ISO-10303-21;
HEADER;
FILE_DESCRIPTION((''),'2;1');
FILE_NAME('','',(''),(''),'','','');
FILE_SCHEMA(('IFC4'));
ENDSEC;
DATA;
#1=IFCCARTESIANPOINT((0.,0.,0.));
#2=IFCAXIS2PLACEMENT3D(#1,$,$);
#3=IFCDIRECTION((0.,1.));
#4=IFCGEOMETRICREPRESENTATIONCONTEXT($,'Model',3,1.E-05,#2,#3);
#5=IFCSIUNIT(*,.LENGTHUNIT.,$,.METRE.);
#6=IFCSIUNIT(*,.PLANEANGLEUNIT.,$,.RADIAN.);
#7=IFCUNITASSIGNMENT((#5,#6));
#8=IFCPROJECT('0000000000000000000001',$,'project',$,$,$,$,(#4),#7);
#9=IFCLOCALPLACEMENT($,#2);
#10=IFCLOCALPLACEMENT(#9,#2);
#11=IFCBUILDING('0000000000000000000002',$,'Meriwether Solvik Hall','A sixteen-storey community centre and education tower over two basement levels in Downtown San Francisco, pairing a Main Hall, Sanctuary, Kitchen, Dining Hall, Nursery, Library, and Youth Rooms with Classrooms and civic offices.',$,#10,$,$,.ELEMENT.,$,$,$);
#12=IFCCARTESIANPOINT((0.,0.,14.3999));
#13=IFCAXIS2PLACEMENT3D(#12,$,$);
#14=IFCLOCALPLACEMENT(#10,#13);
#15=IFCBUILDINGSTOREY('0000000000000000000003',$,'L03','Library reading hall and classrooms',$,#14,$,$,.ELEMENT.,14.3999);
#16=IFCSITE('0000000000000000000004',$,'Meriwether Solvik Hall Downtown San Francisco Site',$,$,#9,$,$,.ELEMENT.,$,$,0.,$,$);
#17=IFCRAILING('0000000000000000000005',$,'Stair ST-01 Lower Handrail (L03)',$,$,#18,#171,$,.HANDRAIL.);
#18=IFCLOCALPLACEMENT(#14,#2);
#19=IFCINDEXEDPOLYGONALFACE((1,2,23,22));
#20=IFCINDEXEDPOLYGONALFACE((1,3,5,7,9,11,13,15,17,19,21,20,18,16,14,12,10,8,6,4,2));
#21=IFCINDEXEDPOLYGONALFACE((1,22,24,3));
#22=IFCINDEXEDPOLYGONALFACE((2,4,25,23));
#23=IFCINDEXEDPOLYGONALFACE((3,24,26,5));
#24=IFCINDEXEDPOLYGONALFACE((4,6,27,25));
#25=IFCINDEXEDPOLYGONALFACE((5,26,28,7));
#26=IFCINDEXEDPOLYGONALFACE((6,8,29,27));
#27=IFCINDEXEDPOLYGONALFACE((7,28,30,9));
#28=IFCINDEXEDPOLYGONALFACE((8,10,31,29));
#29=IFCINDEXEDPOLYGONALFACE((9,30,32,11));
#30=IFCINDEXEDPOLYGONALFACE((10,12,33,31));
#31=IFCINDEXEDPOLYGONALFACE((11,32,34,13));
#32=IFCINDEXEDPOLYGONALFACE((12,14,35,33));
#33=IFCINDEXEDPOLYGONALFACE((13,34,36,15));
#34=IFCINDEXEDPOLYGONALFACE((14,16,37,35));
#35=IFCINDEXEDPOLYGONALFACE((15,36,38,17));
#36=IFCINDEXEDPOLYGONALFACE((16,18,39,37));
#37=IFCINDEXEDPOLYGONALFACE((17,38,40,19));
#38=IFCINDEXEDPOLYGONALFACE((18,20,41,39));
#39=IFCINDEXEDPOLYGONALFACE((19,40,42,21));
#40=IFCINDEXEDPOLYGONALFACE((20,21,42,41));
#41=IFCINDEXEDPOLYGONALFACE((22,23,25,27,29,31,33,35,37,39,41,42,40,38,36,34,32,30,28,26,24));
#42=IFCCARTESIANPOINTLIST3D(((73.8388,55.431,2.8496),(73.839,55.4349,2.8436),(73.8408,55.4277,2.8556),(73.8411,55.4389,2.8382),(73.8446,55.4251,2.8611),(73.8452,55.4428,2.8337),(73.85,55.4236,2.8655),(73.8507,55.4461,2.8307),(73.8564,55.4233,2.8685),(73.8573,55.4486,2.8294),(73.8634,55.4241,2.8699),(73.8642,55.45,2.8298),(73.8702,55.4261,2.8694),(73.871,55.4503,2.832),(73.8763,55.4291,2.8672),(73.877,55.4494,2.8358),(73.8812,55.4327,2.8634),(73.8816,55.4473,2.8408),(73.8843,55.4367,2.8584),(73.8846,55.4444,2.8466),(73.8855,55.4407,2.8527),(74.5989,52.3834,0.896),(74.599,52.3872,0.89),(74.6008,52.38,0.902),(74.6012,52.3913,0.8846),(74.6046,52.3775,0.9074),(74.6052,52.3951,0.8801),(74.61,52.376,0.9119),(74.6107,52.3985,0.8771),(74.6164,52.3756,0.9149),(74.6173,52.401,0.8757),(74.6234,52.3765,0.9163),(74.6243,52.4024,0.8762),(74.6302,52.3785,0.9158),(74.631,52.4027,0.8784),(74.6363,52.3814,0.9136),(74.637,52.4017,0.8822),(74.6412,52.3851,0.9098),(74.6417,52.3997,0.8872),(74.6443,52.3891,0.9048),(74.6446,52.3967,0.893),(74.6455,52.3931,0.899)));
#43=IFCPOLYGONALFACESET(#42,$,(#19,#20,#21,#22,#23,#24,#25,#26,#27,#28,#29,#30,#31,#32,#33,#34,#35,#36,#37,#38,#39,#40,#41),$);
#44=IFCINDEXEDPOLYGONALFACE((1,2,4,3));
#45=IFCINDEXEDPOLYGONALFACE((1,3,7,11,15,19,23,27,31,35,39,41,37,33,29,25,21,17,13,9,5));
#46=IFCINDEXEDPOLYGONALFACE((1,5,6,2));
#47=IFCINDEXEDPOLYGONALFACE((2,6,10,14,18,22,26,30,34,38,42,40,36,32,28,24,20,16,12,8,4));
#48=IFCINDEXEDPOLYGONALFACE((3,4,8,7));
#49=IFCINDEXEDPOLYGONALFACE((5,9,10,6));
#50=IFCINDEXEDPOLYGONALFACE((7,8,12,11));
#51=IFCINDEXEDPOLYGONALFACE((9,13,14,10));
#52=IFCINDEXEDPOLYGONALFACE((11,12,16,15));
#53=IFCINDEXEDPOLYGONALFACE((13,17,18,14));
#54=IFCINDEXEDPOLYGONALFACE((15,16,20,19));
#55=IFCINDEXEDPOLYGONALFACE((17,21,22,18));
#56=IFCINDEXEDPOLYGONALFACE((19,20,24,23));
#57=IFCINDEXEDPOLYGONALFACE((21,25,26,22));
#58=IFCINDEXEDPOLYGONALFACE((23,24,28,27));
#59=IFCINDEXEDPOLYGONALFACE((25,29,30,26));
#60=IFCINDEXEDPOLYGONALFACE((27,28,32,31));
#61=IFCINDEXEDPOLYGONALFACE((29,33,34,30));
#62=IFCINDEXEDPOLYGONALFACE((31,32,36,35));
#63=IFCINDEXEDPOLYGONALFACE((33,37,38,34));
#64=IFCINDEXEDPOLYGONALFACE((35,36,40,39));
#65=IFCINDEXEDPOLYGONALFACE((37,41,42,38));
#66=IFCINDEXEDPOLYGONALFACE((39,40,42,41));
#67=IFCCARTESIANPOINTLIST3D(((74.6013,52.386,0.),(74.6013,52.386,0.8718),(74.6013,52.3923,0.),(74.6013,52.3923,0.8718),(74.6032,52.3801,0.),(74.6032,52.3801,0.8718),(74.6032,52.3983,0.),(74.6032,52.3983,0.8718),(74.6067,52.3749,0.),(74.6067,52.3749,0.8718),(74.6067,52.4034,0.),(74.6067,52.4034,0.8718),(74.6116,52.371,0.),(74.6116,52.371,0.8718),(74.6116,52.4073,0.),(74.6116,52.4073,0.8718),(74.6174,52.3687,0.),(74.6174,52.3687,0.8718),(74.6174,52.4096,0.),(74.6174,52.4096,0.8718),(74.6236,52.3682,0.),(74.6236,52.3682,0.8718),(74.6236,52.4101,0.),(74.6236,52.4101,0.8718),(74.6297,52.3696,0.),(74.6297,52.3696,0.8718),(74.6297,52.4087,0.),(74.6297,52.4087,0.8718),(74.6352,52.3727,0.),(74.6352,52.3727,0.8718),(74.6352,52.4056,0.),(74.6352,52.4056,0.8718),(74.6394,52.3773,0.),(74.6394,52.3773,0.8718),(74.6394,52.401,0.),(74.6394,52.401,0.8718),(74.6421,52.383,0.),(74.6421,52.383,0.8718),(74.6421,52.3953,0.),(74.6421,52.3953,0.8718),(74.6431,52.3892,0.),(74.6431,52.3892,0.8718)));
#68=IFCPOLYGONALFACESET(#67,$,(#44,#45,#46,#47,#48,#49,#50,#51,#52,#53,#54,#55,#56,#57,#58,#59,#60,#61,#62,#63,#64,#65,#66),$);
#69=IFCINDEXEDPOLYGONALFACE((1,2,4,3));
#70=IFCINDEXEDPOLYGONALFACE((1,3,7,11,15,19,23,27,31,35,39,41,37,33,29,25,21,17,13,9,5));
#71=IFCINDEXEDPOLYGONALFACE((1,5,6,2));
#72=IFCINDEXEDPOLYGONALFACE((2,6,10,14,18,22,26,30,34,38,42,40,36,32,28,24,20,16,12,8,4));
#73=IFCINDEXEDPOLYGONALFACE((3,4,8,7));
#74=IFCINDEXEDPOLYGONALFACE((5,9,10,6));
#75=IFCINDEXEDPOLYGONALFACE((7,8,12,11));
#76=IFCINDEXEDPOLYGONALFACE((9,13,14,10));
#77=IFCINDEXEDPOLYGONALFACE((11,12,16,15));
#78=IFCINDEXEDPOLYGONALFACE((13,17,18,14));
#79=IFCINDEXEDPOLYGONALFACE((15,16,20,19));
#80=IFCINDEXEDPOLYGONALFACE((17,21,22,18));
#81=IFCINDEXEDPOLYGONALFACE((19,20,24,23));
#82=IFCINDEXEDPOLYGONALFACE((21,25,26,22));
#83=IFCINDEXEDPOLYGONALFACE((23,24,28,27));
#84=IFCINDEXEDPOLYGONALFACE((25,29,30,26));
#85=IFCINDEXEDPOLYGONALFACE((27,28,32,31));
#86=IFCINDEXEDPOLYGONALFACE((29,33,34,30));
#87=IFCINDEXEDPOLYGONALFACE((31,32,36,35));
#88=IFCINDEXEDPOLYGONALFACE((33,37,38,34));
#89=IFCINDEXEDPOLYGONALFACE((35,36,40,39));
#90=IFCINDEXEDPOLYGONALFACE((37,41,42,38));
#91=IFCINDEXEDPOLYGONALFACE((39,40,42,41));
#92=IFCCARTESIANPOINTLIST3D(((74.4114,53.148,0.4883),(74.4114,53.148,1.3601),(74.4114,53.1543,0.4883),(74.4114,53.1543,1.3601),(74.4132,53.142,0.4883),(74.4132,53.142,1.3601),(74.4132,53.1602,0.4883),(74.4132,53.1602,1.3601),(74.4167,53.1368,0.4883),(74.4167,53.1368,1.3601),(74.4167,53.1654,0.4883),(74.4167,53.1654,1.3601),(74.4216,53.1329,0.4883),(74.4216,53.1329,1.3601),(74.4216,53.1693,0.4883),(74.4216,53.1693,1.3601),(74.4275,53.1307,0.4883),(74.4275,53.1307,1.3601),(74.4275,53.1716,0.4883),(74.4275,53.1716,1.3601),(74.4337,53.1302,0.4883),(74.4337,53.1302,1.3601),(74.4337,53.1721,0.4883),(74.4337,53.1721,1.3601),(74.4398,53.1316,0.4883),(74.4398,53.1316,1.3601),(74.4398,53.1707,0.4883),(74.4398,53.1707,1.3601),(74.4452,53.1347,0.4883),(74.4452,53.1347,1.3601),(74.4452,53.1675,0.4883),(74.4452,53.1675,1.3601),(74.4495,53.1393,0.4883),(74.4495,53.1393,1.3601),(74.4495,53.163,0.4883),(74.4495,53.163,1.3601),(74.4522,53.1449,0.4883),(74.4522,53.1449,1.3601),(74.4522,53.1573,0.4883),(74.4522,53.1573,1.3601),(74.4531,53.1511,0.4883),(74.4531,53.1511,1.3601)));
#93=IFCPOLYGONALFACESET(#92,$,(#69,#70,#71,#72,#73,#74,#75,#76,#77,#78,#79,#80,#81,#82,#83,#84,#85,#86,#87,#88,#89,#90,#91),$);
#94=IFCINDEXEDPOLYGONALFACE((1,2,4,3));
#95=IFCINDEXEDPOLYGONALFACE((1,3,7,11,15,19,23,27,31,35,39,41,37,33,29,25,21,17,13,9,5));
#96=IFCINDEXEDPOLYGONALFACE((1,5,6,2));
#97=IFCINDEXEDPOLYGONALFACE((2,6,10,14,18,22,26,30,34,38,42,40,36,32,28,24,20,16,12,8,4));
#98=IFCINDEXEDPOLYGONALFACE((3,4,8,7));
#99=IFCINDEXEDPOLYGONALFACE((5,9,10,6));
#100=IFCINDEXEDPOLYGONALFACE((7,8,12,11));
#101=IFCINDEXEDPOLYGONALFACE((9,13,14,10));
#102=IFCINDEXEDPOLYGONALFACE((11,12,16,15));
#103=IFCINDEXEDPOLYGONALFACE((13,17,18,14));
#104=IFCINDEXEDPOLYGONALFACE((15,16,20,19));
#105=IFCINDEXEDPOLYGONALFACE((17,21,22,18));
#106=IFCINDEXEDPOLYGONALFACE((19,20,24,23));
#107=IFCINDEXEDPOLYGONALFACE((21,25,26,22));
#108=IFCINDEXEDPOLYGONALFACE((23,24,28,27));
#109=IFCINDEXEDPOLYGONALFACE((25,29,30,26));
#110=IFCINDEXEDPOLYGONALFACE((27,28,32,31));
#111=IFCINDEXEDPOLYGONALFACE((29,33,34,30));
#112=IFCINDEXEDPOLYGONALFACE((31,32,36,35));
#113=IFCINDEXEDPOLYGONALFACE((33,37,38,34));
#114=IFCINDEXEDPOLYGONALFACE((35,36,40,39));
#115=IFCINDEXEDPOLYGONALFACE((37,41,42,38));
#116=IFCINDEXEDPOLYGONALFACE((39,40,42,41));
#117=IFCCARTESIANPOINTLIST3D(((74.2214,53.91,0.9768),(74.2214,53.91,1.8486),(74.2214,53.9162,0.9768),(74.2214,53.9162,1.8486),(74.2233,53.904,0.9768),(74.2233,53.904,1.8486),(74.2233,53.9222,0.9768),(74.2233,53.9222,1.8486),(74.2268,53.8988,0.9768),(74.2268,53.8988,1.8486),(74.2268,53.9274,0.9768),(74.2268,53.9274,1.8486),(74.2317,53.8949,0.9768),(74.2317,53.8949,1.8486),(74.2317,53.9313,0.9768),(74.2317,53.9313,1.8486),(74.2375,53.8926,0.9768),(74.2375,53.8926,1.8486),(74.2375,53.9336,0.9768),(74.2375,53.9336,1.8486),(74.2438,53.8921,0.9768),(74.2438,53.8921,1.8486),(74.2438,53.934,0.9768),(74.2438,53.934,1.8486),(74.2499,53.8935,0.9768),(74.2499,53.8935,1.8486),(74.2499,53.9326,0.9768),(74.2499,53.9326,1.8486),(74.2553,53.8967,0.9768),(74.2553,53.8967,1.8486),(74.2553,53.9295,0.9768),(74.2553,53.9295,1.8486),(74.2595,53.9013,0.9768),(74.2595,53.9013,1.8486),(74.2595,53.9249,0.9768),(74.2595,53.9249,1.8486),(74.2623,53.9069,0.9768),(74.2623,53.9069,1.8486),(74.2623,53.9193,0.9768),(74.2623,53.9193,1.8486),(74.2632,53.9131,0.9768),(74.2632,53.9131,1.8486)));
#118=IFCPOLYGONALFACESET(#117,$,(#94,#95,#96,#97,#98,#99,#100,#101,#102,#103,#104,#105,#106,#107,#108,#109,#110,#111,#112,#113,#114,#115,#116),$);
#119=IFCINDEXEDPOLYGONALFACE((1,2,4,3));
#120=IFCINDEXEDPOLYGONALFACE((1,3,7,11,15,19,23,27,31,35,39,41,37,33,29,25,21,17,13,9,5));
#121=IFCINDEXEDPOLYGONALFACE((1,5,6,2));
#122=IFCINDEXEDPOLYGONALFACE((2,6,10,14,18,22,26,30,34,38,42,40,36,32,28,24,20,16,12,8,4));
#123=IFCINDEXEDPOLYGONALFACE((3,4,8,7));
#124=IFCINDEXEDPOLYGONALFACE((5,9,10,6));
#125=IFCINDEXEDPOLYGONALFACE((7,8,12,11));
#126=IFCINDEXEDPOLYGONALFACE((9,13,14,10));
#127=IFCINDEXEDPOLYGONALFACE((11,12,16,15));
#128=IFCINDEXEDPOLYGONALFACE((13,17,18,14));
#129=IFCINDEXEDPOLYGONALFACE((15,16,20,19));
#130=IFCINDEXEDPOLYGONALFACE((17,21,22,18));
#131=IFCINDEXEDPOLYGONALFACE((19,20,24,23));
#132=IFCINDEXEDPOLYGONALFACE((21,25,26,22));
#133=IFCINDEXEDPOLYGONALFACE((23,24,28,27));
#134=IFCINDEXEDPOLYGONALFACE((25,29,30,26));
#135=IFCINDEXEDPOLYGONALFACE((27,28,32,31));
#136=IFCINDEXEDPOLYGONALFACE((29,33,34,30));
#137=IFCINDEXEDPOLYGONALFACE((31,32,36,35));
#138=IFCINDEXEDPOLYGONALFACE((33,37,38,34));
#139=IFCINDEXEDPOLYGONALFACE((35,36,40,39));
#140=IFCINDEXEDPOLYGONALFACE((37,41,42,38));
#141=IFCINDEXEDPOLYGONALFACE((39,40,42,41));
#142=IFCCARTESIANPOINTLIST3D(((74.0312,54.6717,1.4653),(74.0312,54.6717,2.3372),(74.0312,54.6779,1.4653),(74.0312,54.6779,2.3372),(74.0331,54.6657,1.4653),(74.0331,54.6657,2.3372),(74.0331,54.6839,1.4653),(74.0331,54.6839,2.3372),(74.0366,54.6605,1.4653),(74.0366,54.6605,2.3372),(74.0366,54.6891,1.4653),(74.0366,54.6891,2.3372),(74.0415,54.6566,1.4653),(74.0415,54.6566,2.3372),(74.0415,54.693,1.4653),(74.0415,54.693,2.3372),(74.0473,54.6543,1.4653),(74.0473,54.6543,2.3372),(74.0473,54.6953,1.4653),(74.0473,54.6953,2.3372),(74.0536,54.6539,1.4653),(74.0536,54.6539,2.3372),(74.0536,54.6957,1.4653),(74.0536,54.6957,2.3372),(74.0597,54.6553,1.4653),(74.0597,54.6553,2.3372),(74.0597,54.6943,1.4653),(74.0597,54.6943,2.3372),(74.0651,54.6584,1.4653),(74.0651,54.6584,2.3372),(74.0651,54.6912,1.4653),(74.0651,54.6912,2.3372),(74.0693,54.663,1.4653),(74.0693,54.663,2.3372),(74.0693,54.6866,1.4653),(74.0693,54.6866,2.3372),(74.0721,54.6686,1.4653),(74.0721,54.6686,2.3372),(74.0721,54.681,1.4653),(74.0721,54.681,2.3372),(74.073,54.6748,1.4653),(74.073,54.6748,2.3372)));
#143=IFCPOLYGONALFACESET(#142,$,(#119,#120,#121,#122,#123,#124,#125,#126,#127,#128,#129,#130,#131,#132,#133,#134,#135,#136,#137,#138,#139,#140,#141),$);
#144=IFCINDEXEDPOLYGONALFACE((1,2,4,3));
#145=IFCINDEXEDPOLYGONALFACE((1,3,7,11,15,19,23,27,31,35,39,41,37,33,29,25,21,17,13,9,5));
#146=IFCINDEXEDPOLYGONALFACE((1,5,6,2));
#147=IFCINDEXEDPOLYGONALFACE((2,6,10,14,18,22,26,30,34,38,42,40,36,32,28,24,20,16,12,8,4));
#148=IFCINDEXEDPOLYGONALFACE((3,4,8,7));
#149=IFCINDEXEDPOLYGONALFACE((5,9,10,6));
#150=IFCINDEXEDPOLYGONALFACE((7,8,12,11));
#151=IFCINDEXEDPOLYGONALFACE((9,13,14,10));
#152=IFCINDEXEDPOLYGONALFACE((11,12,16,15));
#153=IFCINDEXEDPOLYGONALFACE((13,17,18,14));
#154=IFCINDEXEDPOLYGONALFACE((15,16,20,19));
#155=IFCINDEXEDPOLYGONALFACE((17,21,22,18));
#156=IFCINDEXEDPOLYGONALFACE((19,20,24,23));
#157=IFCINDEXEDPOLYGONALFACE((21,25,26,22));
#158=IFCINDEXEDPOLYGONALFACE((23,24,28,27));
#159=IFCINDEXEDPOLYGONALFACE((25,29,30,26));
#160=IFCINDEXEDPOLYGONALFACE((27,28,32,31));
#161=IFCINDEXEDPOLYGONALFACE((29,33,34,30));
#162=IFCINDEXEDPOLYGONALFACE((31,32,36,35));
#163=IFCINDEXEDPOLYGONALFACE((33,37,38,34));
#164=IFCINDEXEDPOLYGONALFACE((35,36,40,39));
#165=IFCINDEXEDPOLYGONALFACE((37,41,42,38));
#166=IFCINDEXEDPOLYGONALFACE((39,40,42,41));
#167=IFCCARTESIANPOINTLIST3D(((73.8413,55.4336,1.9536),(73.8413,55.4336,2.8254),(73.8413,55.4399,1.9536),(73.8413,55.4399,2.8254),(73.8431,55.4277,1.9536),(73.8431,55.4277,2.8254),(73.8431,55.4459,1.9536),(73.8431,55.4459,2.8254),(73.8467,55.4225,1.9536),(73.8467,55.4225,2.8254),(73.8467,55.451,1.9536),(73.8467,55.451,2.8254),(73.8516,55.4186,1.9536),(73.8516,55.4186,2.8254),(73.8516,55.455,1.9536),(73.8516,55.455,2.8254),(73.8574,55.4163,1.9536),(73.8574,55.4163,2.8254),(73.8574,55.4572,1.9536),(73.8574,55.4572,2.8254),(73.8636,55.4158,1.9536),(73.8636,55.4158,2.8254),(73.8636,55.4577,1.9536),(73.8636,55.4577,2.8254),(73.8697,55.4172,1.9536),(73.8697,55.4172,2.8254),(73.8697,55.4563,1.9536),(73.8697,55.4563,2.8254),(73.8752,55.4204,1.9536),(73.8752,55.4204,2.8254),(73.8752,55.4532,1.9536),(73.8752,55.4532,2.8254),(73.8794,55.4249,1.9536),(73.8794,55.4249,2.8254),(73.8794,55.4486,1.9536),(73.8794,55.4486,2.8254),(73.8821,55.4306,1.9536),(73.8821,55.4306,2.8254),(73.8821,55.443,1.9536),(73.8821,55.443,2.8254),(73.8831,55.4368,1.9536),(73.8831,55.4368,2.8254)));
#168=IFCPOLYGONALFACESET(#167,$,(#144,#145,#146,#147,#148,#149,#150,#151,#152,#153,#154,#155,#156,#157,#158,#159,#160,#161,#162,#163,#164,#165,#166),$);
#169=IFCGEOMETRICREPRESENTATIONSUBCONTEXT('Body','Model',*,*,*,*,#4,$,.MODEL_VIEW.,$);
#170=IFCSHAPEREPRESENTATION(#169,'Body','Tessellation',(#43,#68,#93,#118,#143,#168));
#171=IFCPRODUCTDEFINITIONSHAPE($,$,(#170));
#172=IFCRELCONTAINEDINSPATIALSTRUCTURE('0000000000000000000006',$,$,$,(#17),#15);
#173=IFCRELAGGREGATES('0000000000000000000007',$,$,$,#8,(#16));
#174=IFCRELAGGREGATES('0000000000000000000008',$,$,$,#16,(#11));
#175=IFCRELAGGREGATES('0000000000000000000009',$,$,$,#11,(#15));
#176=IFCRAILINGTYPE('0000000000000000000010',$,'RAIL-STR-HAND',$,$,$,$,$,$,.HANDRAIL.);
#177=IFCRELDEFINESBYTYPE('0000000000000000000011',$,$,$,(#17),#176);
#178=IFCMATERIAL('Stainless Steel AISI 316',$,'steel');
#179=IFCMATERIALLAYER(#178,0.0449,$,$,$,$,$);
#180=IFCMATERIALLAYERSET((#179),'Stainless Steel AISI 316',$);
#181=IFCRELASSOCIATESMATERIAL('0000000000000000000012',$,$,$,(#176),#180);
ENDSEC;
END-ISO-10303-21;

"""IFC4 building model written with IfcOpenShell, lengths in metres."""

from ifc_helpers import new_model, si_unit, direction, frame, origin, origin_2d, place, context, subcontext, project, spatial, circle, extrude, material, layer, layer_set, type_object, element, save


model = new_model("IFC4")

# Units and contexts
model_context = context("Model", 3, precision=1e-05, world=origin(), true_north=direction((0.0, 1.0)))
body_context = subcontext(model_context, "Body", "Model", "MODEL_VIEW")
ifc_project = project(units=[si_unit("LENGTHUNIT", "METRE"), si_unit("PLANEANGLEUNIT", "RADIAN")], contexts=[model_context])

# Site, building, storey
site_placement = place(None, origin())
site = spatial("IfcSite", under=ifc_project, at=site_placement, Name="Meriwether Solvik Hall Downtown San Francisco Site", CompositionType="ELEMENT", RefElevation=0.0)
building_placement = place(site_placement, origin())
building = spatial("IfcBuilding", under=site, at=building_placement, Name="Meriwether Solvik Hall", Description="A sixteen-storey community centre and education tower over two basement levels in Downtown San Francisco, pairing a Main Hall, Sanctuary, Kitchen, Dining Hall, Nursery, Library, and Youth Rooms with Classrooms and civic offices.", CompositionType="ELEMENT")
storey_placement = place(building_placement, frame((0.0, 0.0, 14.3999)))
storey = spatial("IfcBuildingStorey", under=building, at=storey_placement, Name="L03", Description="Library reading hall and classrooms", CompositionType="ELEMENT", Elevation=14.3999)

# Railing
ifc_material_1 = material(Name="Stainless Steel AISI 316", Category="steel")
ifc_layer_1 = layer(ifc_material_1, 0.0449)
ifc_layer_set_1 = layer_set([ifc_layer_1], Name="Stainless Steel AISI 316")
railing_type_1 = type_object("IfcRailingType", Name="RAIL-STR-HAND", PredefinedType="HANDRAIL", material=ifc_layer_set_1)
railing_1_placement = place(storey_placement, frame((74.6221, 52.3892, 0.0)))
element("IfcRailing", 1, at=railing_1_placement, inside=storey, type_object=railing_type_1, Name="Stair ST-01 Lower Handrail (L03)", PredefinedType="HANDRAIL", context=body_context, shape_type="SweptSolid", body=[
    extrude(circle(Radius=0.0239, at=origin_2d()), frame((0.0, 0.0, 0.896), z_axis=(-0.205467, 0.823915, 0.528155), x_axis=(-0.970284, -0.241969, 0.0)), (0.0, 0.0, 1.0), 3.699),
    extrude(circle(Radius=0.021, at=origin_2d()), origin(), (0.0, 0.0, 1.0), 0.8718),
    extrude(circle(Radius=0.021, at=origin_2d()), frame((-0.1899, 0.762, 0.4883)), (0.0, 0.0, 1.0), 0.8718),
    extrude(circle(Radius=0.021, at=origin_2d()), frame((-0.3799, 1.5239, 0.9768)), (0.0, 0.0, 1.0), 0.8718),
    extrude(circle(Radius=0.021, at=origin_2d()), frame((-0.5701, 2.2856, 1.4653)), (0.0, 0.0, 1.0), 0.8718),
    extrude(circle(Radius=0.021, at=origin_2d()), frame((-0.76, 3.0476, 1.9536)), (0.0, 0.0, 1.0), 0.8718),
])

save(model, "model.ifc")
